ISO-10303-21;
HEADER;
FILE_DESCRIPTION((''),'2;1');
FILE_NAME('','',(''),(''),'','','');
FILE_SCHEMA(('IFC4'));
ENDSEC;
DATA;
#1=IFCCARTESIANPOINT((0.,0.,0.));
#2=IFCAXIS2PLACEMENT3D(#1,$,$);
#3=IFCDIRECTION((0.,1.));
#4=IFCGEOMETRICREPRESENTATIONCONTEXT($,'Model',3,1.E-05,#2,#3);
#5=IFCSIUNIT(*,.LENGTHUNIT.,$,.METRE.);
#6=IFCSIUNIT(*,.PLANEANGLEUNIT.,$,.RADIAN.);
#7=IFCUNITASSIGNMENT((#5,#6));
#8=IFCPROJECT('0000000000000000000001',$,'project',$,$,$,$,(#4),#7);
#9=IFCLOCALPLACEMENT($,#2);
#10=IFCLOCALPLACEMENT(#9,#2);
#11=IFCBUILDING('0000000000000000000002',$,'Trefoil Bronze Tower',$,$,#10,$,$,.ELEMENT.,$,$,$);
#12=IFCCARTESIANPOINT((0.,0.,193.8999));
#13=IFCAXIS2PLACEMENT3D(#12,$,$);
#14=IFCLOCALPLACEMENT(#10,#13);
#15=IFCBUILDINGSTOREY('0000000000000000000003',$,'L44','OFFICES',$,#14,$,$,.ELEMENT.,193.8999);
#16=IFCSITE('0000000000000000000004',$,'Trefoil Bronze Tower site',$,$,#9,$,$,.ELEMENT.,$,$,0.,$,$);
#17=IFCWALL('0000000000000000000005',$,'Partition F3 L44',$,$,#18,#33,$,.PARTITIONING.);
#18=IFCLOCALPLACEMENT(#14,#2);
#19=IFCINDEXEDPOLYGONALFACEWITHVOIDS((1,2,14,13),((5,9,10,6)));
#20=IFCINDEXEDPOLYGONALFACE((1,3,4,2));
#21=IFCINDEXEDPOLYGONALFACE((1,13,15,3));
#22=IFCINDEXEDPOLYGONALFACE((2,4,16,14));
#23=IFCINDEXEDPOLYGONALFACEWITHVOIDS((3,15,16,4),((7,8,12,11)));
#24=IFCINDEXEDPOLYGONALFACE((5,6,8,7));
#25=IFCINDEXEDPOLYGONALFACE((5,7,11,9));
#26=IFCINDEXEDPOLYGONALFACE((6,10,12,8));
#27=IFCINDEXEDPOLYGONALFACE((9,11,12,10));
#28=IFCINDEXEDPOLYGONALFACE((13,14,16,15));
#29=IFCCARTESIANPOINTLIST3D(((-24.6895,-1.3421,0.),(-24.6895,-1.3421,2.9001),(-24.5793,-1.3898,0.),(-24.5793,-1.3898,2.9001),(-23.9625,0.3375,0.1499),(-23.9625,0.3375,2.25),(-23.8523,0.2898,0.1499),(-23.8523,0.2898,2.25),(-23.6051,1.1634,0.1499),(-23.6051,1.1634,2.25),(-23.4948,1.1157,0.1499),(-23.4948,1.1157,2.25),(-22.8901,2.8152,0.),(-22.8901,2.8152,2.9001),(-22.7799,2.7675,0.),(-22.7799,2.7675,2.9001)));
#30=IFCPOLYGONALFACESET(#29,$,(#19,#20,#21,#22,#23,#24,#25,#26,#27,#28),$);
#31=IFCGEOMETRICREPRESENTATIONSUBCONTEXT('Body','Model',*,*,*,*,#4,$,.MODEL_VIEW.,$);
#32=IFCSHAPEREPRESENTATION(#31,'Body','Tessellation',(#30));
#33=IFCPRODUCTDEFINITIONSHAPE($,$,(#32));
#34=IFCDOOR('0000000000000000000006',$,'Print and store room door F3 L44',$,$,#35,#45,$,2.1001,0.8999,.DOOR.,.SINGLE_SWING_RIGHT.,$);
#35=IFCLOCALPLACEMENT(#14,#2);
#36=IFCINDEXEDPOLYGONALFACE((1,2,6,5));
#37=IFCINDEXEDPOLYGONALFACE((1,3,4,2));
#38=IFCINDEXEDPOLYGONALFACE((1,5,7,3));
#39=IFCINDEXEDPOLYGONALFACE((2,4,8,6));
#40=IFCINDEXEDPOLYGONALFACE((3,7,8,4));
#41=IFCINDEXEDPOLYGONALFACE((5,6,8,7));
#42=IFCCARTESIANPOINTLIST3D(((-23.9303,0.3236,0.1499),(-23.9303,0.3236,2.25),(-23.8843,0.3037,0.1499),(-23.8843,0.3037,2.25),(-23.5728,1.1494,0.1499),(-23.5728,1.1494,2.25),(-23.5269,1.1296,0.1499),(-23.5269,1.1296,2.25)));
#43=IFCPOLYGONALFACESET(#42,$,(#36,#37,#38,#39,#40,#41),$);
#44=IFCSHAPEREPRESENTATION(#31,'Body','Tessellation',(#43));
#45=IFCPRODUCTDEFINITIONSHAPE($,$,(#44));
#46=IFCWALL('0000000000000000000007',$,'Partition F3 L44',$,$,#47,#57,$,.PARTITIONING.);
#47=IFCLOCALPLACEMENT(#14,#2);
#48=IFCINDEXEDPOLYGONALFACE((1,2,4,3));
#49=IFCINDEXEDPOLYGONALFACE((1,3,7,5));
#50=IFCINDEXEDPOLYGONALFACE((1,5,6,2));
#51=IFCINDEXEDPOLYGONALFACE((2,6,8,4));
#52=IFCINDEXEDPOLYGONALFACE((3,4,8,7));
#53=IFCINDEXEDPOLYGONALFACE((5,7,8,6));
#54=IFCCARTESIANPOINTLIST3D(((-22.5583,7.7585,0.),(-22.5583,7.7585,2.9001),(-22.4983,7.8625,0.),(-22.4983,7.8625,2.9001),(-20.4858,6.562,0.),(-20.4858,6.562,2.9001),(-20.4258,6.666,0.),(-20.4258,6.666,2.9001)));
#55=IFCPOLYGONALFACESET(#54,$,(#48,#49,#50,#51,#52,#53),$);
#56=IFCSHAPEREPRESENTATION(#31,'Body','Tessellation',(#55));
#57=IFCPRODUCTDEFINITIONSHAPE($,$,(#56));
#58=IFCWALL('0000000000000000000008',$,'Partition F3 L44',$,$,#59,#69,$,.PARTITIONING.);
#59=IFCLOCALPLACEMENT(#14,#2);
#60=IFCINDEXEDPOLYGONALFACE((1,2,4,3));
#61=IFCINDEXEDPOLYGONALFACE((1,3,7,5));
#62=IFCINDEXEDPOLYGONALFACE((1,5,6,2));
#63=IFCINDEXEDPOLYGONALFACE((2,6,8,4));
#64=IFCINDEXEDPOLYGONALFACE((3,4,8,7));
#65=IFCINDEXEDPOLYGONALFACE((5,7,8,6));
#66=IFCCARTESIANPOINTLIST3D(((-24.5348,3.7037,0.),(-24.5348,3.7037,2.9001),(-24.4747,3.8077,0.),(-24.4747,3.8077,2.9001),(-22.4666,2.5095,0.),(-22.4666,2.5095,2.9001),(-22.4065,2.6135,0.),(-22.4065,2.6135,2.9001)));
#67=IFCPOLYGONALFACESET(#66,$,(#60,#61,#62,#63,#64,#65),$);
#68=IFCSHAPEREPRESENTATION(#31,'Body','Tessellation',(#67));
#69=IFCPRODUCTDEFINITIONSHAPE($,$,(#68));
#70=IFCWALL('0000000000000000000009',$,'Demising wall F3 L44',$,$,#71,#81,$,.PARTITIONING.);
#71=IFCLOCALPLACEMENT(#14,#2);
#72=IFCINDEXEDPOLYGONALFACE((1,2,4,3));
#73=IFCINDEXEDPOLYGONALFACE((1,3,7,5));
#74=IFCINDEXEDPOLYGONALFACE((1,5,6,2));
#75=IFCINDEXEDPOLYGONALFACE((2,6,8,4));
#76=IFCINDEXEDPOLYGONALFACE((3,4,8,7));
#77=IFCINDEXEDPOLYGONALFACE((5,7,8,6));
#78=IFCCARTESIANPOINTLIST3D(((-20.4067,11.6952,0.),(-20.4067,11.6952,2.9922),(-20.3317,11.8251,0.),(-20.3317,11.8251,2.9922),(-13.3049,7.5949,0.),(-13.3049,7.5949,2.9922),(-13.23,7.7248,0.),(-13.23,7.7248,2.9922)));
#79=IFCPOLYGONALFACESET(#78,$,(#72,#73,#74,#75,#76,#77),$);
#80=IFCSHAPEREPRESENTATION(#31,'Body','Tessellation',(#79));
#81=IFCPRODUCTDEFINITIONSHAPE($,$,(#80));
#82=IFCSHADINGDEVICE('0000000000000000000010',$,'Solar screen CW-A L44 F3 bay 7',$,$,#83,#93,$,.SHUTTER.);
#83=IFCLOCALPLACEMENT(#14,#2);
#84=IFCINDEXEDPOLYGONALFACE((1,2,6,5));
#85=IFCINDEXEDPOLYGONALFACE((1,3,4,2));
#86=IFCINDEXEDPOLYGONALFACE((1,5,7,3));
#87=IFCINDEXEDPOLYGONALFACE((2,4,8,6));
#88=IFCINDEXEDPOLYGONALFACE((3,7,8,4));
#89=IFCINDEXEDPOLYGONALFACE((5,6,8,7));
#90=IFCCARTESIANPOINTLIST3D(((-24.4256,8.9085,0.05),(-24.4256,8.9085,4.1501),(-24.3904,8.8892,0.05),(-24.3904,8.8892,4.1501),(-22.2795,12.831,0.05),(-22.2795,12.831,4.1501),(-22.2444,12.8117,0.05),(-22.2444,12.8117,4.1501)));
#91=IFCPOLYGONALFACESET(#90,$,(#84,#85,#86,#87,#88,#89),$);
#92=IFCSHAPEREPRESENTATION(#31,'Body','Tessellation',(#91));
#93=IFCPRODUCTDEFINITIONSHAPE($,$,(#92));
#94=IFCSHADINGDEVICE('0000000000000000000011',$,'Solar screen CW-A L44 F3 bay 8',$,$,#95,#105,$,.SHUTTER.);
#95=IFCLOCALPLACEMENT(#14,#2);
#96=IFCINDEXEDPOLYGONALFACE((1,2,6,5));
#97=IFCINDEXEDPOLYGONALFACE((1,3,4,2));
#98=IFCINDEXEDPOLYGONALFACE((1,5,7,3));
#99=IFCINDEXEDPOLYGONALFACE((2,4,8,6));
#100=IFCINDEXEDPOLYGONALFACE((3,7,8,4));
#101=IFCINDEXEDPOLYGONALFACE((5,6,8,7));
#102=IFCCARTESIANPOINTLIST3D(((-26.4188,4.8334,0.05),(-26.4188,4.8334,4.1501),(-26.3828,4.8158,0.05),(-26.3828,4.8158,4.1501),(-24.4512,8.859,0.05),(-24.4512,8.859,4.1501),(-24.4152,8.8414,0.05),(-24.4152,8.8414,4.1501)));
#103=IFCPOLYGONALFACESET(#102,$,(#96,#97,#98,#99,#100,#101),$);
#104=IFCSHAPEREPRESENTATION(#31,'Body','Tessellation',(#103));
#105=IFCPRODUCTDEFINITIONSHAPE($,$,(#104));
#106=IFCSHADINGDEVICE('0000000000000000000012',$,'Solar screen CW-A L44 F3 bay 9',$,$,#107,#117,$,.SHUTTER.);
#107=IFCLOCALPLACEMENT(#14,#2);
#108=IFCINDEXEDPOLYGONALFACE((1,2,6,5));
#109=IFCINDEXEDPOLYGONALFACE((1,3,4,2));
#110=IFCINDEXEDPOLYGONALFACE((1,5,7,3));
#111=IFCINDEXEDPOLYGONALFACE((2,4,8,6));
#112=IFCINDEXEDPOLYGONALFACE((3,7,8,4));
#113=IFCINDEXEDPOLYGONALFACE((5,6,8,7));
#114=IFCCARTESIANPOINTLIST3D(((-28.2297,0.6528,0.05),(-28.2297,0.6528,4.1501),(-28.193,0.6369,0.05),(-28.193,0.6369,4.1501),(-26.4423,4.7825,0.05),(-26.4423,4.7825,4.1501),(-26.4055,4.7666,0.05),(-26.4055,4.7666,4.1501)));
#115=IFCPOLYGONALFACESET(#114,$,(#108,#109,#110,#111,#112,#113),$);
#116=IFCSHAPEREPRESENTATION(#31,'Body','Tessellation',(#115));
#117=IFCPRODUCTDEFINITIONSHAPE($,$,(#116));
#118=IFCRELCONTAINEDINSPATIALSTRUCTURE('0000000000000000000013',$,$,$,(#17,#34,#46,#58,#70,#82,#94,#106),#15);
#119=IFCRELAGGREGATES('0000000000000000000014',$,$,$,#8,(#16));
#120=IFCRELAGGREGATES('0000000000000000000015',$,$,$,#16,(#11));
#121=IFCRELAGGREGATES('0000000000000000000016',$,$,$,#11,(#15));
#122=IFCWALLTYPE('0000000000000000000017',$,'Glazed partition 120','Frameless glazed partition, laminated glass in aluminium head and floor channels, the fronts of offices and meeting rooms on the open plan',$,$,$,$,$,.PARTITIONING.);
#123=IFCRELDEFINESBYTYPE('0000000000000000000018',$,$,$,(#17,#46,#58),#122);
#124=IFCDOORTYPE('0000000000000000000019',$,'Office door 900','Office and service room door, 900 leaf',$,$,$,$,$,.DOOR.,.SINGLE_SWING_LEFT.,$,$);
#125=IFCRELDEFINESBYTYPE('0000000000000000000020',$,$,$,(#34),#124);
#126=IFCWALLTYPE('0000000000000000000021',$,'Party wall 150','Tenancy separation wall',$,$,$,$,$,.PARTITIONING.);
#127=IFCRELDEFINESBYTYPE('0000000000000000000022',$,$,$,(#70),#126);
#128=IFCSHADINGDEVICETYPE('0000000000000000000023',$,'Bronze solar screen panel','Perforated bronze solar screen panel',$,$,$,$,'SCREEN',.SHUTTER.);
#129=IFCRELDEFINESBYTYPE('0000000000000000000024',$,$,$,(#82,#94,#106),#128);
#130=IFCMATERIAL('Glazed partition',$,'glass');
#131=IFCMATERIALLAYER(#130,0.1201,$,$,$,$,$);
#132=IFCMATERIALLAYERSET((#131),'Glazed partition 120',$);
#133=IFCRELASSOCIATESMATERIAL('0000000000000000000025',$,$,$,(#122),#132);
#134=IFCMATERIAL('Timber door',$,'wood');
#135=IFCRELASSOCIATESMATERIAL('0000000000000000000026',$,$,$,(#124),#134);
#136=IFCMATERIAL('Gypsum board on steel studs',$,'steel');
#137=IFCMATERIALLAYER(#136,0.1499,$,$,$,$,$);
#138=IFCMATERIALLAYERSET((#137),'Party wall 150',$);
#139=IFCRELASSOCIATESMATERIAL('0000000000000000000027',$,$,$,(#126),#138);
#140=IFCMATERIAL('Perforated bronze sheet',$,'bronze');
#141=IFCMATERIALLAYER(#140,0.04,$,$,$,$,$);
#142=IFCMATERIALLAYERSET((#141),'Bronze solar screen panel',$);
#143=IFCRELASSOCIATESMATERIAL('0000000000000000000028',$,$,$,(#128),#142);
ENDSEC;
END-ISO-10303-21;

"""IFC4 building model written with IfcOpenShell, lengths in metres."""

from ifc_helpers import new_model, si_unit, direction, frame, frame_2d, origin, origin_2d, place, context, subcontext, project, spatial, rectangle, extrude, material, layer, layer_set, type_object, element, fill, save


model = new_model("IFC4")

# Units and contexts
model_context = context("Model", 3, precision=1e-05, world=origin(), true_north=direction((0.0, 1.0)))
body_context = subcontext(model_context, "Body", "Model", "MODEL_VIEW")
ifc_project = project(units=[si_unit("LENGTHUNIT", "METRE"), si_unit("PLANEANGLEUNIT", "RADIAN")], contexts=[model_context])

# Site, building, storey
site_placement = place(None, origin())
site = spatial("IfcSite", under=ifc_project, at=site_placement, Name="Trefoil Bronze Tower site", CompositionType="ELEMENT", RefElevation=0.0)
building_placement = place(site_placement, origin())
building = spatial("IfcBuilding", under=site, at=building_placement, Name="Trefoil Bronze Tower", CompositionType="ELEMENT")
storey_placement = place(building_placement, frame((0.0, 0.0, 193.8999)))
storey = spatial("IfcBuildingStorey", under=building, at=storey_placement, Name="L44", Description="OFFICES", CompositionType="ELEMENT", Elevation=193.8999)

# Wall, opening, door
ifc_material_1 = material(Name="Glazed partition", Category="glass")
ifc_layer_1 = layer(ifc_material_1, 0.1201)
ifc_layer_set_1 = layer_set([ifc_layer_1], Name="Glazed partition 120")
wall_type_1 = type_object("IfcWallType", Name="Glazed partition 120", Description="Frameless glazed partition, laminated glass in aluminium head and floor channels, the fronts of offices and meeting rooms on the open plan", PredefinedType="PARTITIONING", material=ifc_layer_set_1)
ifc_material_2 = material(Name="Timber door", Category="wood")
door_type = type_object("IfcDoorType", Name="Office door 900", Description="Office and service room door, 900 leaf", OperationType="SINGLE_SWING_LEFT", PredefinedType="DOOR", material=ifc_material_2)
wall_1_placement = place(storey_placement, frame((-22.835, 2.7915, 0.0), z_axis=(0.0, 0.0, 1.0), x_axis=(-0.397208, -0.917729, 0.0)))
wall_1 = element("IfcWall", 1, at=wall_1_placement, inside=storey, type_object=wall_type_1, Name="Partition F3 L44", PredefinedType="PARTITIONING", context=body_context, shape_type="SweptSolid", body=[
    extrude(rectangle(XDim=4.53, YDim=0.1201, at=frame_2d((2.2651, 0.0))), origin(), (0.0, 0.0, 1.0), 2.9001),
])
opening_1_placement = place(wall_1_placement, frame((1.8, 0.0, 0.1499)))
opening_1 = element("IfcOpeningElement", 2, at=opening_1_placement, cuts=wall_1, PredefinedType="OPENING", context=body_context, shape_type="SweptSolid", body=[
    extrude(rectangle(XDim=0.8999, YDim=2.1001, at=frame_2d((0.45, 1.05))), frame((0.0, 0.0701, 0.0), z_axis=(0.0, -1.0, 0.0), x_axis=(1.0, 0.0, 0.0)), (0.0, 0.0, 1.0), 0.1401),
])
door_1_placement = place(opening_1_placement, frame((0.8999, 0.0, 0.0), z_axis=(0.0, 0.0, 1.0), x_axis=(-1.0, 0.0, 0.0)))
door_1 = element("IfcDoor", 3, at=door_1_placement, inside=storey, type_object=door_type, Name="Print and store room door F3 L44", OperationType="SINGLE_SWING_RIGHT", OverallHeight=2.1001, OverallWidth=0.8999, PredefinedType="DOOR", context=body_context, shape_type="SweptSolid", body=[
    extrude(rectangle(XDim=0.8999, YDim=2.1001, at=frame_2d((0.45, 1.05))), frame((0.0, 0.0249, 0.0), z_axis=(0.0, -1.0, 0.0), x_axis=(1.0, 0.0, 0.0)), (0.0, 0.0, 1.0), 0.05),
])
fill(opening_1, door_1)

# Walls
wall_2_placement = place(storey_placement, frame((-20.4558, 6.614, 0.0), z_axis=(0.0, 0.0, 1.0), x_axis=(-0.866031, 0.49999, 0.0)))
element("IfcWall", 4, at=wall_2_placement, inside=storey, type_object=wall_type_1, Name="Partition F3 L44", PredefinedType="PARTITIONING", context=body_context, shape_type="SweptSolid", body=[
    extrude(rectangle(XDim=2.3931, YDim=0.1201, at=frame_2d((1.1965, 0.0))), origin(), (0.0, 0.0, 1.0), 2.9001),
])
wall_3_placement = place(storey_placement, frame((-22.4365, 2.5615, 0.0), z_axis=(0.0, 0.0, 1.0), x_axis=(-0.866014, 0.50002, 0.0)))
element("IfcWall", 5, at=wall_3_placement, inside=storey, type_object=wall_type_1, Name="Partition F3 L44", PredefinedType="PARTITIONING", context=body_context, shape_type="SweptSolid", body=[
    extrude(rectangle(XDim=2.3882, YDim=0.1201, at=frame_2d((1.1941, 0.0))), origin(), (0.0, 0.0, 1.0), 2.9001),
])
ifc_material_3 = material(Name="Gypsum board on steel studs", Category="steel")
ifc_layer_2 = layer(ifc_material_3, 0.1499)
ifc_layer_set_2 = layer_set([ifc_layer_2], Name="Party wall 150")
wall_type_2 = type_object("IfcWallType", Name="Party wall 150", Description="Tenancy separation wall", PredefinedType="PARTITIONING", material=ifc_layer_set_2)
wall_4_placement = place(storey_placement, frame((-13.2676, 7.6599, 0.0), z_axis=(0.0, 0.0, 1.0), x_axis=(-0.866019, 0.50001, 0.0)))
element("IfcWall", 6, at=wall_4_placement, inside=storey, type_object=wall_type_2, Name="Demising wall F3 L44", PredefinedType="PARTITIONING", context=body_context, shape_type="SweptSolid", body=[
    extrude(rectangle(XDim=8.2004, YDim=0.1499, at=frame_2d((4.1001, 0.0))), origin(), (0.0, 0.0, 1.0), 2.9922),
])

# Shading devices
ifc_material_4 = material(Name="Perforated bronze sheet", Category="bronze")
ifc_layer_3 = layer(ifc_material_4, 0.04)
ifc_layer_set_3 = layer_set([ifc_layer_3], Name="Bronze solar screen panel")
shading_device_type = type_object("IfcShadingDeviceType", Name="Bronze solar screen panel", Description="Perforated bronze solar screen panel", ElementType="SCREEN", PredefinedType="SHUTTER", material=ifc_layer_set_3)
shading_device_1_placement = place(storey_placement, frame((-23.335, 10.8601, 0.05), z_axis=(0.0, 0.0, 1.0), x_axis=(-0.479974, -0.877283, 0.0)))
element("IfcShadingDevice", 7, at=shading_device_1_placement, inside=storey, type_object=shading_device_type, Name="Solar screen CW-A L44 F3 bay 7", PredefinedType="SHUTTER", context=body_context, shape_type="SweptSolid", body=[
    extrude(rectangle(XDim=4.4712, YDim=0.04, at=origin_2d()), origin(), (0.0, 0.0, 1.0), 4.1001),
])
shading_device_2_placement = place(storey_placement, frame((-25.417, 6.8374, 0.05), z_axis=(0.0, 0.0, 1.0), x_axis=(-0.439129, -0.898424, 0.0)))
element("IfcShadingDevice", 8, at=shading_device_2_placement, inside=storey, type_object=shading_device_type, Name="Solar screen CW-A L44 F3 bay 8", PredefinedType="SHUTTER", context=body_context, shape_type="SweptSolid", body=[
    extrude(rectangle(XDim=4.4807, YDim=0.04, at=origin_2d()), origin(), (0.0, 0.0, 1.0), 4.1001),
])
shading_device_3_placement = place(storey_placement, frame((-27.3176, 2.7097, 0.05), z_axis=(0.0, 0.0, 1.0), x_axis=(-0.39722, -0.917723, 0.0)))
element("IfcShadingDevice", 9, at=shading_device_3_placement, inside=storey, type_object=shading_device_type, Name="Solar screen CW-A L44 F3 bay 9", PredefinedType="SHUTTER", context=body_context, shape_type="SweptSolid", body=[
    extrude(rectangle(XDim=4.5, YDim=0.04, at=origin_2d()), origin(), (0.0, 0.0, 1.0), 4.1001),
])

save(model, "model.ifc")
